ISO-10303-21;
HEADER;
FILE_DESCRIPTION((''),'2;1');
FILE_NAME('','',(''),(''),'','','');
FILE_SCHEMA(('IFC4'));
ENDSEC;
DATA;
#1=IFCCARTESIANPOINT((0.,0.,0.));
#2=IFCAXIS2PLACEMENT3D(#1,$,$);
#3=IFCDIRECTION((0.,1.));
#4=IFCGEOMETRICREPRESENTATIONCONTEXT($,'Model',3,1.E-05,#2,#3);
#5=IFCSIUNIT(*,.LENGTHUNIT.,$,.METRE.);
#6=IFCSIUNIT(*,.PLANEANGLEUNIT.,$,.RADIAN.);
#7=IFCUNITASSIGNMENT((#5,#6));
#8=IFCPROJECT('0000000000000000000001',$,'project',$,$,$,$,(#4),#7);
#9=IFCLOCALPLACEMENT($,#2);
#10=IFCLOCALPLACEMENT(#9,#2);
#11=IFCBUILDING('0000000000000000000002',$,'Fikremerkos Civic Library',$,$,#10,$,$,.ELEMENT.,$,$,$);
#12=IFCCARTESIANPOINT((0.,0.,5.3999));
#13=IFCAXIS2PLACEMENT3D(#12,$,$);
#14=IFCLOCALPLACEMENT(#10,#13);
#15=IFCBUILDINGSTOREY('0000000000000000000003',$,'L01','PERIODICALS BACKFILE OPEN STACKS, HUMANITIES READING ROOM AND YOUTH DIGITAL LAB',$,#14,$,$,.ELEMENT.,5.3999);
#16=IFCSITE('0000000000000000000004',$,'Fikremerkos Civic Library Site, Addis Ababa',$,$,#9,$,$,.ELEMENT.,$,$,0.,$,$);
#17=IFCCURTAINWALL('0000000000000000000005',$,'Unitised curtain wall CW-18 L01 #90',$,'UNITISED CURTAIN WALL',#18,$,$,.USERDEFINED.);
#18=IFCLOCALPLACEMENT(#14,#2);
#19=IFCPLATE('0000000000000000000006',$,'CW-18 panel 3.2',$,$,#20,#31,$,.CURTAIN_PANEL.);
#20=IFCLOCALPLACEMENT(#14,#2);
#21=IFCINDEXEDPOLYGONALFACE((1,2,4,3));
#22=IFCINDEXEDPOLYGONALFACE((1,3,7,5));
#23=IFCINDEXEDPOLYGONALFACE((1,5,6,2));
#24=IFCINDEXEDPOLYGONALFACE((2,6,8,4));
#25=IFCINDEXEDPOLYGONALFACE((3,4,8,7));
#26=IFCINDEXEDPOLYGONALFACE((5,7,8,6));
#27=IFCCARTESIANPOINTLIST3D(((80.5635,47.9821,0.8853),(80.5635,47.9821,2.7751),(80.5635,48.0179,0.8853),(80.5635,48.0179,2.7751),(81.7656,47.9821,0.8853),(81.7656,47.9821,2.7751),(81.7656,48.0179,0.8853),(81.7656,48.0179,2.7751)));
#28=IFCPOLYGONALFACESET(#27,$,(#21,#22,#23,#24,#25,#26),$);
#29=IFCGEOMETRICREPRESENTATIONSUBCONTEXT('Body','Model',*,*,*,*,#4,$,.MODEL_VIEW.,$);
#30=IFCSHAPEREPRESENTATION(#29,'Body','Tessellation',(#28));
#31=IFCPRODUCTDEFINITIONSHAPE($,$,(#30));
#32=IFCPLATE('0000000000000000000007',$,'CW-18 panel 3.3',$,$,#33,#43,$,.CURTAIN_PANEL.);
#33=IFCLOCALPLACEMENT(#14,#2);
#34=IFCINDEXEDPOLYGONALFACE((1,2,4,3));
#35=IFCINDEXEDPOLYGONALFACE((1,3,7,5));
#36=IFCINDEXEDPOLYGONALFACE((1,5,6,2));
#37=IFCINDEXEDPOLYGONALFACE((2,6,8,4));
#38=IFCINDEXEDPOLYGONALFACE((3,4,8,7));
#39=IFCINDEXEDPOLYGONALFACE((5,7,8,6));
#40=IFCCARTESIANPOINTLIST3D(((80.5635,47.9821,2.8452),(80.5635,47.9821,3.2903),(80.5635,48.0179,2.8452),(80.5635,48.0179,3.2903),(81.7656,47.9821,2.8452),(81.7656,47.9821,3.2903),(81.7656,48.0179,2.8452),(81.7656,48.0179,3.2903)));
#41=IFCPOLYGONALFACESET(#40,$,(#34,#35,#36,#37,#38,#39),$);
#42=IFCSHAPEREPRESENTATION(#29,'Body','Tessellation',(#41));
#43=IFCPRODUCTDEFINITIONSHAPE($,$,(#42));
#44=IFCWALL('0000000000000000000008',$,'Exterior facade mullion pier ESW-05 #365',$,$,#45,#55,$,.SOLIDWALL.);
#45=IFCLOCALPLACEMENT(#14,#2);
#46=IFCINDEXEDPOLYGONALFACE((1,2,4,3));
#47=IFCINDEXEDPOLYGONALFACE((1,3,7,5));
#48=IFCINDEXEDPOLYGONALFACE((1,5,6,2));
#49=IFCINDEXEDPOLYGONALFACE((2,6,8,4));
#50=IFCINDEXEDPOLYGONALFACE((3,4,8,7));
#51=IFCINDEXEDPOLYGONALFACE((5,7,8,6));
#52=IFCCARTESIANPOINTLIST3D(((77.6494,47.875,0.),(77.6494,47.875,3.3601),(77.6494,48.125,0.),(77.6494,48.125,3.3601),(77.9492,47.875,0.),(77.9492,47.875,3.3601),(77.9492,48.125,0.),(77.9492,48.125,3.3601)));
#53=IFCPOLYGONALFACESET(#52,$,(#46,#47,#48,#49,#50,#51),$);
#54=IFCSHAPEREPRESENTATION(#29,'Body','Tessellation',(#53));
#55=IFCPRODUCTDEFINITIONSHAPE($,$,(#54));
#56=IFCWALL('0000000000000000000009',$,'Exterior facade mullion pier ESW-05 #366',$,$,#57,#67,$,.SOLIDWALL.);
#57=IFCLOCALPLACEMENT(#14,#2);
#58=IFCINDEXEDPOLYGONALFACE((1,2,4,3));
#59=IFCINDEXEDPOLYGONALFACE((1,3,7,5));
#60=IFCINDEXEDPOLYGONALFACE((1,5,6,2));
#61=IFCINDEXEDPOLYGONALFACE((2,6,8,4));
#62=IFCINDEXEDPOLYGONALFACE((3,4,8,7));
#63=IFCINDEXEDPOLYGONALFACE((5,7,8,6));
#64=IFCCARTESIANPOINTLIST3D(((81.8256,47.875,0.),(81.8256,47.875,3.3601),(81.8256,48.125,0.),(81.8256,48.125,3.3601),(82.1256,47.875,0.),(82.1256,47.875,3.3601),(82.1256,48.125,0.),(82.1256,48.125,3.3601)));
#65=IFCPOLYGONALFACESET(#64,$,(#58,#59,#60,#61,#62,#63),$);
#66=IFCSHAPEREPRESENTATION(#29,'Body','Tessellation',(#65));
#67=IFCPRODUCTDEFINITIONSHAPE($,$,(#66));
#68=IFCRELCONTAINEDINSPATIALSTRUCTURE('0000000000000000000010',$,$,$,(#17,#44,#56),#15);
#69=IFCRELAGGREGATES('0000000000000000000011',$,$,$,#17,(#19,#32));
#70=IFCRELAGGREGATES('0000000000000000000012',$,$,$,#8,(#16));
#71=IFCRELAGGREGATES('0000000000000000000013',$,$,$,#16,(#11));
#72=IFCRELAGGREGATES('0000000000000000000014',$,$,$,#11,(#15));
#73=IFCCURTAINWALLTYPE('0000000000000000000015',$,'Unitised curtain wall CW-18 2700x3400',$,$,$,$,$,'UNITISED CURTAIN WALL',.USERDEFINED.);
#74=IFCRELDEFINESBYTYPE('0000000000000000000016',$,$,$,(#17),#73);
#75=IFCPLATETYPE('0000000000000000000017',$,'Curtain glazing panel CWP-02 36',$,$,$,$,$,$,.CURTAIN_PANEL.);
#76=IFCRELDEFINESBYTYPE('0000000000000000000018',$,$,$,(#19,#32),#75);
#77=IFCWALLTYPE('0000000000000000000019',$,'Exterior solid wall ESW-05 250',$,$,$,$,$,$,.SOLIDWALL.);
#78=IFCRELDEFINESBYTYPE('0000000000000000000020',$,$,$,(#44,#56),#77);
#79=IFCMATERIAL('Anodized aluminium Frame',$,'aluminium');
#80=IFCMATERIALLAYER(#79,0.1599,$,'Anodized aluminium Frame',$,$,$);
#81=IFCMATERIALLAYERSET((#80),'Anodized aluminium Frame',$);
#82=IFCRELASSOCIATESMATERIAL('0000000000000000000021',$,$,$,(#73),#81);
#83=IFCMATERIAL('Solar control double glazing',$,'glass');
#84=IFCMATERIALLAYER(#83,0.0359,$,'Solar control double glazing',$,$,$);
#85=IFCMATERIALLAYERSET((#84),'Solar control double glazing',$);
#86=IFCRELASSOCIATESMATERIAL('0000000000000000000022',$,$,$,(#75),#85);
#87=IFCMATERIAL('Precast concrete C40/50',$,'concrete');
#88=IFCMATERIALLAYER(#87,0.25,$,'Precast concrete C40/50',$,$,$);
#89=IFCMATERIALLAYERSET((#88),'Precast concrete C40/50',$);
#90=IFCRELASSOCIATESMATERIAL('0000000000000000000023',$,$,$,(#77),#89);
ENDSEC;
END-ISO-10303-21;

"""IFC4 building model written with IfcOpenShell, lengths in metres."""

from ifc_helpers import new_model, si_unit, direction, frame, frame_2d, origin, origin_2d, place, context, subcontext, project, spatial, rectangle, extrude, material, layer, layer_set, type_object, element, aggregate, save


model = new_model("IFC4")

# Units and contexts
model_context = context("Model", 3, precision=1e-05, world=origin(), true_north=direction((0.0, 1.0)))
body_context = subcontext(model_context, "Body", "Model", "MODEL_VIEW")
ifc_project = project(units=[si_unit("LENGTHUNIT", "METRE"), si_unit("PLANEANGLEUNIT", "RADIAN")], contexts=[model_context])

# Site, building, storey
site_placement = place(None, origin())
site = spatial("IfcSite", under=ifc_project, at=site_placement, Name="Fikremerkos Civic Library Site, Addis Ababa", CompositionType="ELEMENT", RefElevation=0.0)
building_placement = place(site_placement, origin())
building = spatial("IfcBuilding", under=site, at=building_placement, Name="Fikremerkos Civic Library", CompositionType="ELEMENT")
storey_placement = place(building_placement, frame((0.0, 0.0, 5.3999)))
storey = spatial("IfcBuildingStorey", under=building, at=storey_placement, Name="L01", Description="PERIODICALS BACKFILE OPEN STACKS, HUMANITIES READING ROOM AND YOUTH DIGITAL LAB", CompositionType="ELEMENT", Elevation=5.3999)

# Shared definitions
ifc_material_1 = material(Name="Anodized aluminium Frame", Category="aluminium")

# Curtain wall
ifc_layer_1 = layer(ifc_material_1, 0.1599, Name="Anodized aluminium Frame")
ifc_layer_set_1 = layer_set([ifc_layer_1], Name="Anodized aluminium Frame")
curtain_wall_type_1 = type_object("IfcCurtainWallType", Name="Unitised curtain wall CW-18 2700x3400", ElementType="UNITISED CURTAIN WALL", PredefinedType="USERDEFINED", material=ifc_layer_set_1)
curtain_wall_1_placement = place(storey_placement, origin())
curtain_wall_1 = element("IfcCurtainWall", 1, at=curtain_wall_1_placement, inside=storey, type_object=curtain_wall_type_1, Name="Unitised curtain wall CW-18 L01 #90", ObjectType="UNITISED CURTAIN WALL", PredefinedType="USERDEFINED")

# Plates
ifc_material_2 = material(Name="Solar control double glazing", Category="glass")
ifc_layer_2 = layer(ifc_material_2, 0.0359, Name="Solar control double glazing")
ifc_layer_set_2 = layer_set([ifc_layer_2], Name="Solar control double glazing")
plate_type_1 = type_object("IfcPlateType", Name="Curtain glazing panel CWP-02 36", PredefinedType="CURTAIN_PANEL", material=ifc_layer_set_2)
plate_1_placement = place(storey_placement, frame((81.1646, 48.0, 0.8853), z_axis=(0.0, 0.0, 1.0), x_axis=(1.0, 0.0, 0.0)))
plate_1 = element("IfcPlate", 2, at=plate_1_placement, type_object=plate_type_1, Name="CW-18 panel 3.2", PredefinedType="CURTAIN_PANEL", context=body_context, shape_type="SweptSolid", body=[
    extrude(rectangle(XDim=1.2021, YDim=0.0359, at=origin_2d()), origin(), (0.0, 0.0, 1.0), 1.8899),
])
plate_2_placement = place(storey_placement, frame((81.1646, 48.0, 2.8452), z_axis=(0.0, 0.0, 1.0), x_axis=(1.0, 0.0, 0.0)))
plate_2 = element("IfcPlate", 3, at=plate_2_placement, type_object=plate_type_1, Name="CW-18 panel 3.3", PredefinedType="CURTAIN_PANEL", context=body_context, shape_type="SweptSolid", body=[
    extrude(rectangle(XDim=1.2021, YDim=0.0359, at=origin_2d()), origin(), (0.0, 0.0, 1.0), 0.4451),
])
aggregate(curtain_wall_1, [plate_1, plate_2])

# Walls
ifc_material_3 = material(Name="Precast concrete C40/50", Category="concrete")
ifc_layer_3 = layer(ifc_material_3, 0.25, Name="Precast concrete C40/50")
ifc_layer_set_3 = layer_set([ifc_layer_3], Name="Precast concrete C40/50")
wall_type = type_object("IfcWallType", Name="Exterior solid wall ESW-05 250", PredefinedType="SOLIDWALL", material=ifc_layer_set_3)
wall_1_placement = place(storey_placement, frame((77.6494, 48.0, 0.0), z_axis=(0.0, 0.0, 1.0), x_axis=(1.0, 0.0, 0.0)))
element("IfcWall", 4, at=wall_1_placement, inside=storey, type_object=wall_type, Name="Exterior facade mullion pier ESW-05 #365", PredefinedType="SOLIDWALL", context=body_context, shape_type="SweptSolid", body=[
    extrude(rectangle(XDim=0.2998, YDim=0.25, at=frame_2d((0.1499, 0.0))), origin(), (0.0, 0.0, 1.0), 3.3601),
])
wall_2_placement = place(storey_placement, frame((81.8257, 48.0, 0.0), z_axis=(0.0, 0.0, 1.0), x_axis=(1.0, 0.0, 0.0)))
element("IfcWall", 5, at=wall_2_placement, inside=storey, type_object=wall_type, Name="Exterior facade mullion pier ESW-05 #366", PredefinedType="SOLIDWALL", context=body_context, shape_type="SweptSolid", body=[
    extrude(rectangle(XDim=0.3, YDim=0.25, at=frame_2d((0.1499, 0.0))), origin(), (0.0, 0.0, 1.0), 3.3601),
])

save(model, "model.ifc")
